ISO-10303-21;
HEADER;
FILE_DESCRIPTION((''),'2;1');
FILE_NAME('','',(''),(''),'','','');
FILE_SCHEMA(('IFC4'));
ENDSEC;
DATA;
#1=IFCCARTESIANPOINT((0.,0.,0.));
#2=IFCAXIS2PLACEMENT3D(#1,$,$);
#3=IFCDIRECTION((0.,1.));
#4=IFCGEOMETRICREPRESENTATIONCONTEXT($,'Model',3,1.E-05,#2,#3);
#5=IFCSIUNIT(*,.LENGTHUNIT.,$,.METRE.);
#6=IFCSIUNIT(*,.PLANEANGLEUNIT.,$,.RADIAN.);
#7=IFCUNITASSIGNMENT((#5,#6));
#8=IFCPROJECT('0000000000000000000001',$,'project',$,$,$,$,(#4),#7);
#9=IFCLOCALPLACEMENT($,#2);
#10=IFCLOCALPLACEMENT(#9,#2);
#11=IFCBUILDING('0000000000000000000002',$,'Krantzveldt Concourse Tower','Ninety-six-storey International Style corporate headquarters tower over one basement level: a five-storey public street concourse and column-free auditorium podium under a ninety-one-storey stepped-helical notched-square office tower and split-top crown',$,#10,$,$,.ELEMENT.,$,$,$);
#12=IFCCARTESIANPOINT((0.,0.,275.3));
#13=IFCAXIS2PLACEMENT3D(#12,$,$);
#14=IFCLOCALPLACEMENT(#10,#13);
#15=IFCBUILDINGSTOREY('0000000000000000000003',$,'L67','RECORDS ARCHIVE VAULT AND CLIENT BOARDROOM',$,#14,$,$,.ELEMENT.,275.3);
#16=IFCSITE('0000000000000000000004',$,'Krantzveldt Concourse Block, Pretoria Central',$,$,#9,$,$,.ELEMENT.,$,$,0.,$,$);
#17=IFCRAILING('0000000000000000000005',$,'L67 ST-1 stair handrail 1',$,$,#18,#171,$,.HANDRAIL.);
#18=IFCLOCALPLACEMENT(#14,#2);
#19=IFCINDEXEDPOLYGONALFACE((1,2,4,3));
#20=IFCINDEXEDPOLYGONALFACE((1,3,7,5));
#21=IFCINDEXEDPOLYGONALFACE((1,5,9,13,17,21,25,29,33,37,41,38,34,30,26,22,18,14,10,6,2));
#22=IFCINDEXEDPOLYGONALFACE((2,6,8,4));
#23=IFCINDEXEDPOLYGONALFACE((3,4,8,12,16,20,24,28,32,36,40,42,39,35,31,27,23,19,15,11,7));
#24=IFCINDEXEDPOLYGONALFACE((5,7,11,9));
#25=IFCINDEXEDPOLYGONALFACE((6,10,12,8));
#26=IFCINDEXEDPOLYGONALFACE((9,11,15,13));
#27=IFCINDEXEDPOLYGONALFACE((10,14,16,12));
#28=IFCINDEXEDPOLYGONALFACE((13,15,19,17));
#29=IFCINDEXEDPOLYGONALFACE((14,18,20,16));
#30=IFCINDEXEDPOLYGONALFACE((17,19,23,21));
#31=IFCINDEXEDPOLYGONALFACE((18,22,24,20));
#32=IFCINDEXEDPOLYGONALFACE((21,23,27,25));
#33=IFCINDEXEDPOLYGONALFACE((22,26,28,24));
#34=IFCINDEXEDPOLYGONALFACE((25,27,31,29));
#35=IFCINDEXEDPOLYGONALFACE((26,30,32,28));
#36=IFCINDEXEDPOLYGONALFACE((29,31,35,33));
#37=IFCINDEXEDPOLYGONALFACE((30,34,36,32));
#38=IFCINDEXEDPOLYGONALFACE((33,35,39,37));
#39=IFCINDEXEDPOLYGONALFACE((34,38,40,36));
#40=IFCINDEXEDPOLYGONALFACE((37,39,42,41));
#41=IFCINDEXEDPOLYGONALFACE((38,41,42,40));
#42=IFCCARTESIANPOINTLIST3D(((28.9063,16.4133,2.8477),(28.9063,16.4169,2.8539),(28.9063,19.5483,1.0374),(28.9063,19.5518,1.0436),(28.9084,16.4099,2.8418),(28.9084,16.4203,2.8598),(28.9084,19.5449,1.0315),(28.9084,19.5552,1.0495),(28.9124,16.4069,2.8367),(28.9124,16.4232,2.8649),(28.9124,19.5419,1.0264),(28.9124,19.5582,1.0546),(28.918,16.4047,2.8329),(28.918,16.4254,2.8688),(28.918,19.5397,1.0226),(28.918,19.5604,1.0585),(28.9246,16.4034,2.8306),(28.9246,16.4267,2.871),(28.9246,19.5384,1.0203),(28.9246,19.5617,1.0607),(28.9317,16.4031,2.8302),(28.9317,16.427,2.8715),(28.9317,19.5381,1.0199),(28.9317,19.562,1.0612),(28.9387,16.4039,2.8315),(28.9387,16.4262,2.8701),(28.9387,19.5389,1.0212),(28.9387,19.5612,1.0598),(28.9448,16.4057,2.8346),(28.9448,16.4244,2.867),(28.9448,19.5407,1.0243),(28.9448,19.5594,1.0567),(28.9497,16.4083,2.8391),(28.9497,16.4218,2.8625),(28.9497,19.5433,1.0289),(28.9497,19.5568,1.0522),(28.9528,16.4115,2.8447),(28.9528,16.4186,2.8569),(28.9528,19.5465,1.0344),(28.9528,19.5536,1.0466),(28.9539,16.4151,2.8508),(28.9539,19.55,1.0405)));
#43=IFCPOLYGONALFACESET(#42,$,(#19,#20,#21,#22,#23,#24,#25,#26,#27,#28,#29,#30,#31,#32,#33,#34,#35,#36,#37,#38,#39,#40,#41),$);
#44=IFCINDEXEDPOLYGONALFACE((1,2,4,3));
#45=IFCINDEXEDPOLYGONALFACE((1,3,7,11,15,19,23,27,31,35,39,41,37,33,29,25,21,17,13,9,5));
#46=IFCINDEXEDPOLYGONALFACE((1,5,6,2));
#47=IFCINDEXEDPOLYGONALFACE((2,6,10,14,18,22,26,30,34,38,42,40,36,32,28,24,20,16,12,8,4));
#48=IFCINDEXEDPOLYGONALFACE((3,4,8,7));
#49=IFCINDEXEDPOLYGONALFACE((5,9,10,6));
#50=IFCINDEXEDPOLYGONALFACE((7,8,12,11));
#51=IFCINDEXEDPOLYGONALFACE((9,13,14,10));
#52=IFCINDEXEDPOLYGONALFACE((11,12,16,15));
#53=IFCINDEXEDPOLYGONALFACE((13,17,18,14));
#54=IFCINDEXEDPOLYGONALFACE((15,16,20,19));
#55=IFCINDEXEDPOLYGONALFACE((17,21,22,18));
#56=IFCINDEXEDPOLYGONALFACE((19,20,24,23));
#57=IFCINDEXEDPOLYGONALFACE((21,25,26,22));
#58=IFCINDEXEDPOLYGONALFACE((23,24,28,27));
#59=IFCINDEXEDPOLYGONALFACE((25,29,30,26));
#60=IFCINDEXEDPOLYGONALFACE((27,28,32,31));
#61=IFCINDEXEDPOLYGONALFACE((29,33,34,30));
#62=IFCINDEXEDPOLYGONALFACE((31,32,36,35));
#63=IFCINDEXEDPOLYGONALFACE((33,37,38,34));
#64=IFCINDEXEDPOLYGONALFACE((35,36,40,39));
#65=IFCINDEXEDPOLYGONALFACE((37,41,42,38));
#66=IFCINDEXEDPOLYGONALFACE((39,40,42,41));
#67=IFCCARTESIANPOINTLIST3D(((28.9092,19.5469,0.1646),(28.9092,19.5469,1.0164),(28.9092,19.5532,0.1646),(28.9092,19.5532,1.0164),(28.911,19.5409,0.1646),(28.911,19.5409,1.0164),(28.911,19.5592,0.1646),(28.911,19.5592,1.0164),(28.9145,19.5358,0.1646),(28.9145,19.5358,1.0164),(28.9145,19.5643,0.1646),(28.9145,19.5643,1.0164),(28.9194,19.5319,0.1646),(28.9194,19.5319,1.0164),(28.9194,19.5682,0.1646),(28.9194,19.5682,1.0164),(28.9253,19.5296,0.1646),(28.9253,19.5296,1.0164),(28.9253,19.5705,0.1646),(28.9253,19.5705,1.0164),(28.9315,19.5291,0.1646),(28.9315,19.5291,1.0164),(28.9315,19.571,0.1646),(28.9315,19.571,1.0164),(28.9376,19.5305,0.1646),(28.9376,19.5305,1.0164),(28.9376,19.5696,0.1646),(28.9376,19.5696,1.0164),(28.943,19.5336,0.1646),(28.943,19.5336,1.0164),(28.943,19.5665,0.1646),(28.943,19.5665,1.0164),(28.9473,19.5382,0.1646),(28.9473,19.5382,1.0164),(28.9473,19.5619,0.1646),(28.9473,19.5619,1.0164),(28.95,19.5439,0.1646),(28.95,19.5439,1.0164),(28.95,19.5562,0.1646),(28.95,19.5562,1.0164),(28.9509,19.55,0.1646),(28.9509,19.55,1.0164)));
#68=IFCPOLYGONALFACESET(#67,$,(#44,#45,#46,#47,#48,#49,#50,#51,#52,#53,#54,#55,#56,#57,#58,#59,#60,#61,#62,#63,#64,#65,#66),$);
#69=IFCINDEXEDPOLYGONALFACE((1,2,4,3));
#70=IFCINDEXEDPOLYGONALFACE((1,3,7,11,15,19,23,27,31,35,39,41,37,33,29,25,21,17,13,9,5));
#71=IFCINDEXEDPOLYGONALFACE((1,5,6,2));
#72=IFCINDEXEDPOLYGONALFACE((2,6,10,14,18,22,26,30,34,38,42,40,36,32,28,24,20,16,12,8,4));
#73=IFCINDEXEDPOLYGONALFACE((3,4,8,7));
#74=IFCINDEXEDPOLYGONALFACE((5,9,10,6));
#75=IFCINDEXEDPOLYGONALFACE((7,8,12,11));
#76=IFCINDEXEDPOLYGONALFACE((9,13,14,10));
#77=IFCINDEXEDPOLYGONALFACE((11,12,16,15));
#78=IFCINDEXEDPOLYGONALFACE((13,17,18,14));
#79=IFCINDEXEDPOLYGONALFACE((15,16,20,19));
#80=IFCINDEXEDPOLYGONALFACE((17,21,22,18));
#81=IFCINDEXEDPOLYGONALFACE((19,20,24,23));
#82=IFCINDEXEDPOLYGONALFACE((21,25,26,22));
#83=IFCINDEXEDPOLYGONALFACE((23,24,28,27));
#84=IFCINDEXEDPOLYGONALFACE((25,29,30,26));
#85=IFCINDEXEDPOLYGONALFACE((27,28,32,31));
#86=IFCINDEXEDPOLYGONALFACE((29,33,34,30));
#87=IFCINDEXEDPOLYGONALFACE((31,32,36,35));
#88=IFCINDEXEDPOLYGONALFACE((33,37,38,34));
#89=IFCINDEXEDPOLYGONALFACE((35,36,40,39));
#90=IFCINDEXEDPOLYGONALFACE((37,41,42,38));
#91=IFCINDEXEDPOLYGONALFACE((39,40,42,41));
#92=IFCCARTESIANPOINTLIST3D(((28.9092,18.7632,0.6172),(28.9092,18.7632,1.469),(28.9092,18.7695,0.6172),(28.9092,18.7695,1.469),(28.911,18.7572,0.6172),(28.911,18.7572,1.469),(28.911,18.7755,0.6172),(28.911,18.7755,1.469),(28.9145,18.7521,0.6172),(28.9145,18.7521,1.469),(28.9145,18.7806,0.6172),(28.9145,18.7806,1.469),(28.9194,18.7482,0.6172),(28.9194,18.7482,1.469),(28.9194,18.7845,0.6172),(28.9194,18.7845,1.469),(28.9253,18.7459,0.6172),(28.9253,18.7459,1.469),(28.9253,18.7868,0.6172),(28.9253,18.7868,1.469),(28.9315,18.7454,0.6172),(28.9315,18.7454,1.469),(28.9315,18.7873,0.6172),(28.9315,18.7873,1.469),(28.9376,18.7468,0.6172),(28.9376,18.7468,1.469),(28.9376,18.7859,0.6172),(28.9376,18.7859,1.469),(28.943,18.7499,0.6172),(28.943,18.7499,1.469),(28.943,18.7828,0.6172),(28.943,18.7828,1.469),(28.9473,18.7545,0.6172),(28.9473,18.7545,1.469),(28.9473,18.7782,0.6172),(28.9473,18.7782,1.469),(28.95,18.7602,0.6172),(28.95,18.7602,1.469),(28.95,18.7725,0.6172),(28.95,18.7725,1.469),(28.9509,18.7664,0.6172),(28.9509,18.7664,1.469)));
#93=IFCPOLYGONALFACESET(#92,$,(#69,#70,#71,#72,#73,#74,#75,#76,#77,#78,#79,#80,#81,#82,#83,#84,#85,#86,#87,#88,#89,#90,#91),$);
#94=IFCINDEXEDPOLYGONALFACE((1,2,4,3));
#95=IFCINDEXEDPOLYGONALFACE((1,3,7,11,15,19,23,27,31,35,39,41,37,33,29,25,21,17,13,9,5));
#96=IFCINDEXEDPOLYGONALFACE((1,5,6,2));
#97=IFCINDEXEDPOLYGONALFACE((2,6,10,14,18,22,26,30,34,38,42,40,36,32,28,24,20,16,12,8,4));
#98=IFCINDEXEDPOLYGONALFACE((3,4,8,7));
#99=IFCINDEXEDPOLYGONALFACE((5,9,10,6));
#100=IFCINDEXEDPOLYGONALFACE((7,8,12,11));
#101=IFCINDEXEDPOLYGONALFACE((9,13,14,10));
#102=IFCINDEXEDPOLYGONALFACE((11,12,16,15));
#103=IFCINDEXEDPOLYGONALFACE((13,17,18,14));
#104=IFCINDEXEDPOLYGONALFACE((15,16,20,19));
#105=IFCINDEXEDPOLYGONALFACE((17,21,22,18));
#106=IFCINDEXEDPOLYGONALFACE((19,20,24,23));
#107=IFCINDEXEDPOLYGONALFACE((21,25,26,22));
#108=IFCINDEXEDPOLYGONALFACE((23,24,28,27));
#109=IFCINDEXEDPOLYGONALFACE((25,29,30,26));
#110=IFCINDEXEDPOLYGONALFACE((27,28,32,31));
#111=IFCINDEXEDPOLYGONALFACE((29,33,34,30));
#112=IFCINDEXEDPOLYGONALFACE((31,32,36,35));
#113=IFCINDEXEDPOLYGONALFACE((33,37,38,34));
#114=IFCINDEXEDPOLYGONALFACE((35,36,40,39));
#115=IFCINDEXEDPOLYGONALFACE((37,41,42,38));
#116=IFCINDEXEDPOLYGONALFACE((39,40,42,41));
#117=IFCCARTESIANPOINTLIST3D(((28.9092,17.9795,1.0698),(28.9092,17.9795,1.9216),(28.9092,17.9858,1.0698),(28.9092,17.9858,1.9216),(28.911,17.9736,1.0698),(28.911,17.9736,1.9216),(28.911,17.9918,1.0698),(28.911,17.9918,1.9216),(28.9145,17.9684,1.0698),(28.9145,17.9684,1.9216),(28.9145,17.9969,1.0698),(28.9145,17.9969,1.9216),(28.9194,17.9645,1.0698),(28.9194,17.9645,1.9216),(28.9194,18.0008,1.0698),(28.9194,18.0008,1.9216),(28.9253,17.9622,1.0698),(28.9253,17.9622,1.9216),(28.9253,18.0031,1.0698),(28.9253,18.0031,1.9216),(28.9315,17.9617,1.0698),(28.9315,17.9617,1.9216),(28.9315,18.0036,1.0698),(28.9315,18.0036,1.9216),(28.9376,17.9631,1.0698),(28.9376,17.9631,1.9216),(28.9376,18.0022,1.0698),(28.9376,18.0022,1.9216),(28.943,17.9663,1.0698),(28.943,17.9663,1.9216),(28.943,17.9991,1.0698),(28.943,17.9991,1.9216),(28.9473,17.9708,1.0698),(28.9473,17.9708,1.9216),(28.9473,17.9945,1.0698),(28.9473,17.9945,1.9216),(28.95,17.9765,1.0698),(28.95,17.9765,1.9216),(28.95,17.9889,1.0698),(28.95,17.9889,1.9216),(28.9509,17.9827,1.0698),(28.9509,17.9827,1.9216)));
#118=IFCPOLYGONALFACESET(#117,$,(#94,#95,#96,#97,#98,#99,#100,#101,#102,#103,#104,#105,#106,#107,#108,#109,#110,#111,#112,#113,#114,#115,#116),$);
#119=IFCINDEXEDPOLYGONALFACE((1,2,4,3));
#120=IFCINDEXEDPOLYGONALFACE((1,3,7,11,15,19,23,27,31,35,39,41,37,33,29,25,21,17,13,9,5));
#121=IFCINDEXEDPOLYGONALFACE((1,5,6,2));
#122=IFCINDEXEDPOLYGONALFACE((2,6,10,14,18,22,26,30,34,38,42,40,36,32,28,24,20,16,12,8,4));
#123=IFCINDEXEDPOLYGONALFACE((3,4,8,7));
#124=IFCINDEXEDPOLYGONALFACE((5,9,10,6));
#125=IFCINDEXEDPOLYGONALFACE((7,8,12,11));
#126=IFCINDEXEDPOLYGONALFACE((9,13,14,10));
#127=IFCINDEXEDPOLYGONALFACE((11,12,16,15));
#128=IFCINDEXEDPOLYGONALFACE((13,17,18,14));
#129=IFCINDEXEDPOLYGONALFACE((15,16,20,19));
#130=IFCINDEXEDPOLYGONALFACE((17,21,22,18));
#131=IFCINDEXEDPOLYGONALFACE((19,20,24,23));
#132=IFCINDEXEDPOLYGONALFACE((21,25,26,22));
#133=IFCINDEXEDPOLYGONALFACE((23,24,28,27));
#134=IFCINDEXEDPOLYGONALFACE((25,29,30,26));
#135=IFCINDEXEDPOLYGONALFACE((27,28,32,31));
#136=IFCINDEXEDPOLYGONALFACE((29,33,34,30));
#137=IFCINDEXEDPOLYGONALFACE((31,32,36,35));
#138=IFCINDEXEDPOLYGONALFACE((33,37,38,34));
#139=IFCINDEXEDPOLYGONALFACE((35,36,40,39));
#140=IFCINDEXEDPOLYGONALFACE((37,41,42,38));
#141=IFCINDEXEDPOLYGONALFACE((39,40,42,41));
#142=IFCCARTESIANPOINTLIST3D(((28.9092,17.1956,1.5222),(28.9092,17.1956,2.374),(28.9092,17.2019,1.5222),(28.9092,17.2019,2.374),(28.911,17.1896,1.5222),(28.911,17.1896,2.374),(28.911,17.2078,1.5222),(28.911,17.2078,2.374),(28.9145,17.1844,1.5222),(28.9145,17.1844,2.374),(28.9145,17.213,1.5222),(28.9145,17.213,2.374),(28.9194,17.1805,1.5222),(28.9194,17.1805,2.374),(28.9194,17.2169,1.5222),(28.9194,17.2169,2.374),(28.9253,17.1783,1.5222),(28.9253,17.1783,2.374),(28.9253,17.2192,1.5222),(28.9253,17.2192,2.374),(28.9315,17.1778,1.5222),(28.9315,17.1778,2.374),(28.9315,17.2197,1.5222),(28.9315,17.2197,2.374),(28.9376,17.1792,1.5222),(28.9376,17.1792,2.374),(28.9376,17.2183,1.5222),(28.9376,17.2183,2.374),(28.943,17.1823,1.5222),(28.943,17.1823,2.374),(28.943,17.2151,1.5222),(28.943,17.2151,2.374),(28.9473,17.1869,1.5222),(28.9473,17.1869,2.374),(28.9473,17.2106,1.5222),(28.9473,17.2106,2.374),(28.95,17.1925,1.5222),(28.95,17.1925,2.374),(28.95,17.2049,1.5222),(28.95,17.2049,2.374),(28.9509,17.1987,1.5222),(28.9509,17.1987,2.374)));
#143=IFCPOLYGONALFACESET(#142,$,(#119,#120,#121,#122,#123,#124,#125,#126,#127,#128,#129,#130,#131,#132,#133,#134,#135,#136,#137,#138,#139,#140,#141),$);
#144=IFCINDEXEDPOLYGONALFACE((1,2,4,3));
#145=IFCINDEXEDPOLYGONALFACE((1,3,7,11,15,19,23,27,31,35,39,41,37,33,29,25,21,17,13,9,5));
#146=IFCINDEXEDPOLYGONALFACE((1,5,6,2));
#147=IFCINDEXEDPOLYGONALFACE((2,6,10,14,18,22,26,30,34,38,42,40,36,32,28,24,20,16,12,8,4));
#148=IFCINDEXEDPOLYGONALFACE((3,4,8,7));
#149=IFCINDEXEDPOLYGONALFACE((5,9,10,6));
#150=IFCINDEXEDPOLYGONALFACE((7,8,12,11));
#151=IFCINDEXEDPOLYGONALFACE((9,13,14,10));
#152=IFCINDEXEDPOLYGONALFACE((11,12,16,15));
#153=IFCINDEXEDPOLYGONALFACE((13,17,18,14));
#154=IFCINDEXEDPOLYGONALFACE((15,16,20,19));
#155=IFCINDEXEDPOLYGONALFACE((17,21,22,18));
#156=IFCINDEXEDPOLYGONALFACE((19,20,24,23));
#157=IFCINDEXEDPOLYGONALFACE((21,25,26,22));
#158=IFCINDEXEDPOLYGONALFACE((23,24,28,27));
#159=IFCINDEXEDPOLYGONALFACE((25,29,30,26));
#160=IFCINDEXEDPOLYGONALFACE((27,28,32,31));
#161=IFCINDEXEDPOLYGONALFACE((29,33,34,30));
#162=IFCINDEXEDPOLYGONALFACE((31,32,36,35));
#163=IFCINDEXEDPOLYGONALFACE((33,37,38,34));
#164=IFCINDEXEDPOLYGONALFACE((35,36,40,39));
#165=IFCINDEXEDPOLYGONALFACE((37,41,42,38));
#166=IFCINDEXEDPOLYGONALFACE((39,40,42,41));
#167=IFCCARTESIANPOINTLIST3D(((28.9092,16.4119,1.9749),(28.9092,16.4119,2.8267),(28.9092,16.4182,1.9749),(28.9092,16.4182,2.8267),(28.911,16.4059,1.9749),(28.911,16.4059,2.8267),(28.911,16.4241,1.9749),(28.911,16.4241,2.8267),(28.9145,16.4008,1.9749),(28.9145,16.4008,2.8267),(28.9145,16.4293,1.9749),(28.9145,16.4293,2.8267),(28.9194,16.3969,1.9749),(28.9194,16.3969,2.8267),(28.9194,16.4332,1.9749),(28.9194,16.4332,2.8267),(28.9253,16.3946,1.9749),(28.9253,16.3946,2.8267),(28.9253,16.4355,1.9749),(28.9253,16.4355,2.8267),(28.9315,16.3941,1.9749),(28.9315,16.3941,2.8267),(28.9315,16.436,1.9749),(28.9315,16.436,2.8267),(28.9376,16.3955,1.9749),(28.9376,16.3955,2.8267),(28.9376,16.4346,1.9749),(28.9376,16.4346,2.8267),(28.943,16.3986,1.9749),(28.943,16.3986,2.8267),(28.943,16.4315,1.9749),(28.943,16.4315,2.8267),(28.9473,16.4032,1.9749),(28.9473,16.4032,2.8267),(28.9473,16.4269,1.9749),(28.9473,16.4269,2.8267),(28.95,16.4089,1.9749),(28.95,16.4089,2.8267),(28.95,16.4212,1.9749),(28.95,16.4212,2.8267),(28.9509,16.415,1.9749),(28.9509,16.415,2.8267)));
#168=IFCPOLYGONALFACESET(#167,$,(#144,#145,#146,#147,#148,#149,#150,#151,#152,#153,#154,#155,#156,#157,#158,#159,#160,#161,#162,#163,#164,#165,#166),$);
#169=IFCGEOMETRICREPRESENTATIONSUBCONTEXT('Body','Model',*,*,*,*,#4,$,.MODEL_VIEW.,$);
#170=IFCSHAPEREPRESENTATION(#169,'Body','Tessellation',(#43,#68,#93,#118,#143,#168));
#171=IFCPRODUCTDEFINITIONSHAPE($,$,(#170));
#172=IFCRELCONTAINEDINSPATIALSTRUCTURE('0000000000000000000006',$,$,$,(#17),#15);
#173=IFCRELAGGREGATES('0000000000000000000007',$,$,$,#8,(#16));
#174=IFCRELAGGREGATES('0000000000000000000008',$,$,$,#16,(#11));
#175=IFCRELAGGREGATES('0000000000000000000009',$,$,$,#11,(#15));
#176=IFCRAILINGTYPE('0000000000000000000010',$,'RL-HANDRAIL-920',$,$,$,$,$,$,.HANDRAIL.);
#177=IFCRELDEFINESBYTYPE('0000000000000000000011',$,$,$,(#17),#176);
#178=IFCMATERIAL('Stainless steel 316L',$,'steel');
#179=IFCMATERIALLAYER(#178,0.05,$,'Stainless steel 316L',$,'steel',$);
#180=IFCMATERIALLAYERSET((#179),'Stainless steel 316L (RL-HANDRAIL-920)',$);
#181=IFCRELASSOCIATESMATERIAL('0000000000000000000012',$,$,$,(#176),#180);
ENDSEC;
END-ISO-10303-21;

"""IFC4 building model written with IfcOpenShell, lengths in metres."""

from ifc_helpers import new_model, si_unit, direction, frame, origin, origin_2d, place, context, subcontext, project, spatial, circle, extrude, material, layer, layer_set, type_object, element, save


model = new_model("IFC4")

# Units and contexts
model_context = context("Model", 3, precision=1e-05, world=origin(), true_north=direction((0.0, 1.0)))
body_context = subcontext(model_context, "Body", "Model", "MODEL_VIEW")
ifc_project = project(units=[si_unit("LENGTHUNIT", "METRE"), si_unit("PLANEANGLEUNIT", "RADIAN")], contexts=[model_context])

# Site, building, storey
site_placement = place(None, origin())
site = spatial("IfcSite", under=ifc_project, at=site_placement, Name="Krantzveldt Concourse Block, Pretoria Central", CompositionType="ELEMENT", RefElevation=0.0)
building_placement = place(site_placement, origin())
building = spatial("IfcBuilding", under=site, at=building_placement, Name="Krantzveldt Concourse Tower", Description="Ninety-six-storey International Style corporate headquarters tower over one basement level: a five-storey public street concourse and column-free auditorium podium under a ninety-one-storey stepped-helical notched-square office tower and split-top crown", CompositionType="ELEMENT")
storey_placement = place(building_placement, frame((0.0, 0.0, 275.3)))
storey = spatial("IfcBuildingStorey", under=building, at=storey_placement, Name="L67", Description="RECORDS ARCHIVE VAULT AND CLIENT BOARDROOM", CompositionType="ELEMENT", Elevation=275.3)

# Railing
ifc_material_1 = material(Name="Stainless steel 316L", Category="steel")
ifc_layer_1 = layer(ifc_material_1, 0.05, Name="Stainless steel 316L", Category="steel")
ifc_layer_set_1 = layer_set([ifc_layer_1], Name="Stainless steel 316L (RL-HANDRAIL-920)")
railing_type_1 = type_object("IfcRailingType", Name="RL-HANDRAIL-920", PredefinedType="HANDRAIL", material=ifc_layer_set_1)
railing_1_placement = place(storey_placement, frame((28.9299, 19.55, 0.1646)))
element("IfcRailing", 1, at=railing_1_placement, inside=storey, type_object=railing_type_1, Name="L67 ST-1 stair handrail 1", PredefinedType="HANDRAIL", context=body_context, shape_type="SweptSolid", body=[
    extrude(circle(Radius=0.0239, at=origin_2d()), frame((0.0, 0.0, 0.876), z_axis=(0.0, -0.865989, 0.500063), x_axis=(1.0, 0.0, 0.0)), (0.0, 0.0, 1.0), 3.6201),
    extrude(circle(Radius=0.021, at=origin_2d()), origin(), (0.0, 0.0, 1.0), 0.8518),
    extrude(circle(Radius=0.021, at=origin_2d()), frame((0.0, -0.7837, 0.4526)), (0.0, 0.0, 1.0), 0.8518),
    extrude(circle(Radius=0.021, at=origin_2d()), frame((0.0, -1.5674, 0.9053)), (0.0, 0.0, 1.0), 0.8518),
    extrude(circle(Radius=0.021, at=origin_2d()), frame((0.0, -2.3513, 1.3577)), (0.0, 0.0, 1.0), 0.8518),
    extrude(circle(Radius=0.021, at=origin_2d()), frame((0.0, -3.135, 1.8103)), (0.0, 0.0, 1.0), 0.8518),
])

save(model, "model.ifc")
